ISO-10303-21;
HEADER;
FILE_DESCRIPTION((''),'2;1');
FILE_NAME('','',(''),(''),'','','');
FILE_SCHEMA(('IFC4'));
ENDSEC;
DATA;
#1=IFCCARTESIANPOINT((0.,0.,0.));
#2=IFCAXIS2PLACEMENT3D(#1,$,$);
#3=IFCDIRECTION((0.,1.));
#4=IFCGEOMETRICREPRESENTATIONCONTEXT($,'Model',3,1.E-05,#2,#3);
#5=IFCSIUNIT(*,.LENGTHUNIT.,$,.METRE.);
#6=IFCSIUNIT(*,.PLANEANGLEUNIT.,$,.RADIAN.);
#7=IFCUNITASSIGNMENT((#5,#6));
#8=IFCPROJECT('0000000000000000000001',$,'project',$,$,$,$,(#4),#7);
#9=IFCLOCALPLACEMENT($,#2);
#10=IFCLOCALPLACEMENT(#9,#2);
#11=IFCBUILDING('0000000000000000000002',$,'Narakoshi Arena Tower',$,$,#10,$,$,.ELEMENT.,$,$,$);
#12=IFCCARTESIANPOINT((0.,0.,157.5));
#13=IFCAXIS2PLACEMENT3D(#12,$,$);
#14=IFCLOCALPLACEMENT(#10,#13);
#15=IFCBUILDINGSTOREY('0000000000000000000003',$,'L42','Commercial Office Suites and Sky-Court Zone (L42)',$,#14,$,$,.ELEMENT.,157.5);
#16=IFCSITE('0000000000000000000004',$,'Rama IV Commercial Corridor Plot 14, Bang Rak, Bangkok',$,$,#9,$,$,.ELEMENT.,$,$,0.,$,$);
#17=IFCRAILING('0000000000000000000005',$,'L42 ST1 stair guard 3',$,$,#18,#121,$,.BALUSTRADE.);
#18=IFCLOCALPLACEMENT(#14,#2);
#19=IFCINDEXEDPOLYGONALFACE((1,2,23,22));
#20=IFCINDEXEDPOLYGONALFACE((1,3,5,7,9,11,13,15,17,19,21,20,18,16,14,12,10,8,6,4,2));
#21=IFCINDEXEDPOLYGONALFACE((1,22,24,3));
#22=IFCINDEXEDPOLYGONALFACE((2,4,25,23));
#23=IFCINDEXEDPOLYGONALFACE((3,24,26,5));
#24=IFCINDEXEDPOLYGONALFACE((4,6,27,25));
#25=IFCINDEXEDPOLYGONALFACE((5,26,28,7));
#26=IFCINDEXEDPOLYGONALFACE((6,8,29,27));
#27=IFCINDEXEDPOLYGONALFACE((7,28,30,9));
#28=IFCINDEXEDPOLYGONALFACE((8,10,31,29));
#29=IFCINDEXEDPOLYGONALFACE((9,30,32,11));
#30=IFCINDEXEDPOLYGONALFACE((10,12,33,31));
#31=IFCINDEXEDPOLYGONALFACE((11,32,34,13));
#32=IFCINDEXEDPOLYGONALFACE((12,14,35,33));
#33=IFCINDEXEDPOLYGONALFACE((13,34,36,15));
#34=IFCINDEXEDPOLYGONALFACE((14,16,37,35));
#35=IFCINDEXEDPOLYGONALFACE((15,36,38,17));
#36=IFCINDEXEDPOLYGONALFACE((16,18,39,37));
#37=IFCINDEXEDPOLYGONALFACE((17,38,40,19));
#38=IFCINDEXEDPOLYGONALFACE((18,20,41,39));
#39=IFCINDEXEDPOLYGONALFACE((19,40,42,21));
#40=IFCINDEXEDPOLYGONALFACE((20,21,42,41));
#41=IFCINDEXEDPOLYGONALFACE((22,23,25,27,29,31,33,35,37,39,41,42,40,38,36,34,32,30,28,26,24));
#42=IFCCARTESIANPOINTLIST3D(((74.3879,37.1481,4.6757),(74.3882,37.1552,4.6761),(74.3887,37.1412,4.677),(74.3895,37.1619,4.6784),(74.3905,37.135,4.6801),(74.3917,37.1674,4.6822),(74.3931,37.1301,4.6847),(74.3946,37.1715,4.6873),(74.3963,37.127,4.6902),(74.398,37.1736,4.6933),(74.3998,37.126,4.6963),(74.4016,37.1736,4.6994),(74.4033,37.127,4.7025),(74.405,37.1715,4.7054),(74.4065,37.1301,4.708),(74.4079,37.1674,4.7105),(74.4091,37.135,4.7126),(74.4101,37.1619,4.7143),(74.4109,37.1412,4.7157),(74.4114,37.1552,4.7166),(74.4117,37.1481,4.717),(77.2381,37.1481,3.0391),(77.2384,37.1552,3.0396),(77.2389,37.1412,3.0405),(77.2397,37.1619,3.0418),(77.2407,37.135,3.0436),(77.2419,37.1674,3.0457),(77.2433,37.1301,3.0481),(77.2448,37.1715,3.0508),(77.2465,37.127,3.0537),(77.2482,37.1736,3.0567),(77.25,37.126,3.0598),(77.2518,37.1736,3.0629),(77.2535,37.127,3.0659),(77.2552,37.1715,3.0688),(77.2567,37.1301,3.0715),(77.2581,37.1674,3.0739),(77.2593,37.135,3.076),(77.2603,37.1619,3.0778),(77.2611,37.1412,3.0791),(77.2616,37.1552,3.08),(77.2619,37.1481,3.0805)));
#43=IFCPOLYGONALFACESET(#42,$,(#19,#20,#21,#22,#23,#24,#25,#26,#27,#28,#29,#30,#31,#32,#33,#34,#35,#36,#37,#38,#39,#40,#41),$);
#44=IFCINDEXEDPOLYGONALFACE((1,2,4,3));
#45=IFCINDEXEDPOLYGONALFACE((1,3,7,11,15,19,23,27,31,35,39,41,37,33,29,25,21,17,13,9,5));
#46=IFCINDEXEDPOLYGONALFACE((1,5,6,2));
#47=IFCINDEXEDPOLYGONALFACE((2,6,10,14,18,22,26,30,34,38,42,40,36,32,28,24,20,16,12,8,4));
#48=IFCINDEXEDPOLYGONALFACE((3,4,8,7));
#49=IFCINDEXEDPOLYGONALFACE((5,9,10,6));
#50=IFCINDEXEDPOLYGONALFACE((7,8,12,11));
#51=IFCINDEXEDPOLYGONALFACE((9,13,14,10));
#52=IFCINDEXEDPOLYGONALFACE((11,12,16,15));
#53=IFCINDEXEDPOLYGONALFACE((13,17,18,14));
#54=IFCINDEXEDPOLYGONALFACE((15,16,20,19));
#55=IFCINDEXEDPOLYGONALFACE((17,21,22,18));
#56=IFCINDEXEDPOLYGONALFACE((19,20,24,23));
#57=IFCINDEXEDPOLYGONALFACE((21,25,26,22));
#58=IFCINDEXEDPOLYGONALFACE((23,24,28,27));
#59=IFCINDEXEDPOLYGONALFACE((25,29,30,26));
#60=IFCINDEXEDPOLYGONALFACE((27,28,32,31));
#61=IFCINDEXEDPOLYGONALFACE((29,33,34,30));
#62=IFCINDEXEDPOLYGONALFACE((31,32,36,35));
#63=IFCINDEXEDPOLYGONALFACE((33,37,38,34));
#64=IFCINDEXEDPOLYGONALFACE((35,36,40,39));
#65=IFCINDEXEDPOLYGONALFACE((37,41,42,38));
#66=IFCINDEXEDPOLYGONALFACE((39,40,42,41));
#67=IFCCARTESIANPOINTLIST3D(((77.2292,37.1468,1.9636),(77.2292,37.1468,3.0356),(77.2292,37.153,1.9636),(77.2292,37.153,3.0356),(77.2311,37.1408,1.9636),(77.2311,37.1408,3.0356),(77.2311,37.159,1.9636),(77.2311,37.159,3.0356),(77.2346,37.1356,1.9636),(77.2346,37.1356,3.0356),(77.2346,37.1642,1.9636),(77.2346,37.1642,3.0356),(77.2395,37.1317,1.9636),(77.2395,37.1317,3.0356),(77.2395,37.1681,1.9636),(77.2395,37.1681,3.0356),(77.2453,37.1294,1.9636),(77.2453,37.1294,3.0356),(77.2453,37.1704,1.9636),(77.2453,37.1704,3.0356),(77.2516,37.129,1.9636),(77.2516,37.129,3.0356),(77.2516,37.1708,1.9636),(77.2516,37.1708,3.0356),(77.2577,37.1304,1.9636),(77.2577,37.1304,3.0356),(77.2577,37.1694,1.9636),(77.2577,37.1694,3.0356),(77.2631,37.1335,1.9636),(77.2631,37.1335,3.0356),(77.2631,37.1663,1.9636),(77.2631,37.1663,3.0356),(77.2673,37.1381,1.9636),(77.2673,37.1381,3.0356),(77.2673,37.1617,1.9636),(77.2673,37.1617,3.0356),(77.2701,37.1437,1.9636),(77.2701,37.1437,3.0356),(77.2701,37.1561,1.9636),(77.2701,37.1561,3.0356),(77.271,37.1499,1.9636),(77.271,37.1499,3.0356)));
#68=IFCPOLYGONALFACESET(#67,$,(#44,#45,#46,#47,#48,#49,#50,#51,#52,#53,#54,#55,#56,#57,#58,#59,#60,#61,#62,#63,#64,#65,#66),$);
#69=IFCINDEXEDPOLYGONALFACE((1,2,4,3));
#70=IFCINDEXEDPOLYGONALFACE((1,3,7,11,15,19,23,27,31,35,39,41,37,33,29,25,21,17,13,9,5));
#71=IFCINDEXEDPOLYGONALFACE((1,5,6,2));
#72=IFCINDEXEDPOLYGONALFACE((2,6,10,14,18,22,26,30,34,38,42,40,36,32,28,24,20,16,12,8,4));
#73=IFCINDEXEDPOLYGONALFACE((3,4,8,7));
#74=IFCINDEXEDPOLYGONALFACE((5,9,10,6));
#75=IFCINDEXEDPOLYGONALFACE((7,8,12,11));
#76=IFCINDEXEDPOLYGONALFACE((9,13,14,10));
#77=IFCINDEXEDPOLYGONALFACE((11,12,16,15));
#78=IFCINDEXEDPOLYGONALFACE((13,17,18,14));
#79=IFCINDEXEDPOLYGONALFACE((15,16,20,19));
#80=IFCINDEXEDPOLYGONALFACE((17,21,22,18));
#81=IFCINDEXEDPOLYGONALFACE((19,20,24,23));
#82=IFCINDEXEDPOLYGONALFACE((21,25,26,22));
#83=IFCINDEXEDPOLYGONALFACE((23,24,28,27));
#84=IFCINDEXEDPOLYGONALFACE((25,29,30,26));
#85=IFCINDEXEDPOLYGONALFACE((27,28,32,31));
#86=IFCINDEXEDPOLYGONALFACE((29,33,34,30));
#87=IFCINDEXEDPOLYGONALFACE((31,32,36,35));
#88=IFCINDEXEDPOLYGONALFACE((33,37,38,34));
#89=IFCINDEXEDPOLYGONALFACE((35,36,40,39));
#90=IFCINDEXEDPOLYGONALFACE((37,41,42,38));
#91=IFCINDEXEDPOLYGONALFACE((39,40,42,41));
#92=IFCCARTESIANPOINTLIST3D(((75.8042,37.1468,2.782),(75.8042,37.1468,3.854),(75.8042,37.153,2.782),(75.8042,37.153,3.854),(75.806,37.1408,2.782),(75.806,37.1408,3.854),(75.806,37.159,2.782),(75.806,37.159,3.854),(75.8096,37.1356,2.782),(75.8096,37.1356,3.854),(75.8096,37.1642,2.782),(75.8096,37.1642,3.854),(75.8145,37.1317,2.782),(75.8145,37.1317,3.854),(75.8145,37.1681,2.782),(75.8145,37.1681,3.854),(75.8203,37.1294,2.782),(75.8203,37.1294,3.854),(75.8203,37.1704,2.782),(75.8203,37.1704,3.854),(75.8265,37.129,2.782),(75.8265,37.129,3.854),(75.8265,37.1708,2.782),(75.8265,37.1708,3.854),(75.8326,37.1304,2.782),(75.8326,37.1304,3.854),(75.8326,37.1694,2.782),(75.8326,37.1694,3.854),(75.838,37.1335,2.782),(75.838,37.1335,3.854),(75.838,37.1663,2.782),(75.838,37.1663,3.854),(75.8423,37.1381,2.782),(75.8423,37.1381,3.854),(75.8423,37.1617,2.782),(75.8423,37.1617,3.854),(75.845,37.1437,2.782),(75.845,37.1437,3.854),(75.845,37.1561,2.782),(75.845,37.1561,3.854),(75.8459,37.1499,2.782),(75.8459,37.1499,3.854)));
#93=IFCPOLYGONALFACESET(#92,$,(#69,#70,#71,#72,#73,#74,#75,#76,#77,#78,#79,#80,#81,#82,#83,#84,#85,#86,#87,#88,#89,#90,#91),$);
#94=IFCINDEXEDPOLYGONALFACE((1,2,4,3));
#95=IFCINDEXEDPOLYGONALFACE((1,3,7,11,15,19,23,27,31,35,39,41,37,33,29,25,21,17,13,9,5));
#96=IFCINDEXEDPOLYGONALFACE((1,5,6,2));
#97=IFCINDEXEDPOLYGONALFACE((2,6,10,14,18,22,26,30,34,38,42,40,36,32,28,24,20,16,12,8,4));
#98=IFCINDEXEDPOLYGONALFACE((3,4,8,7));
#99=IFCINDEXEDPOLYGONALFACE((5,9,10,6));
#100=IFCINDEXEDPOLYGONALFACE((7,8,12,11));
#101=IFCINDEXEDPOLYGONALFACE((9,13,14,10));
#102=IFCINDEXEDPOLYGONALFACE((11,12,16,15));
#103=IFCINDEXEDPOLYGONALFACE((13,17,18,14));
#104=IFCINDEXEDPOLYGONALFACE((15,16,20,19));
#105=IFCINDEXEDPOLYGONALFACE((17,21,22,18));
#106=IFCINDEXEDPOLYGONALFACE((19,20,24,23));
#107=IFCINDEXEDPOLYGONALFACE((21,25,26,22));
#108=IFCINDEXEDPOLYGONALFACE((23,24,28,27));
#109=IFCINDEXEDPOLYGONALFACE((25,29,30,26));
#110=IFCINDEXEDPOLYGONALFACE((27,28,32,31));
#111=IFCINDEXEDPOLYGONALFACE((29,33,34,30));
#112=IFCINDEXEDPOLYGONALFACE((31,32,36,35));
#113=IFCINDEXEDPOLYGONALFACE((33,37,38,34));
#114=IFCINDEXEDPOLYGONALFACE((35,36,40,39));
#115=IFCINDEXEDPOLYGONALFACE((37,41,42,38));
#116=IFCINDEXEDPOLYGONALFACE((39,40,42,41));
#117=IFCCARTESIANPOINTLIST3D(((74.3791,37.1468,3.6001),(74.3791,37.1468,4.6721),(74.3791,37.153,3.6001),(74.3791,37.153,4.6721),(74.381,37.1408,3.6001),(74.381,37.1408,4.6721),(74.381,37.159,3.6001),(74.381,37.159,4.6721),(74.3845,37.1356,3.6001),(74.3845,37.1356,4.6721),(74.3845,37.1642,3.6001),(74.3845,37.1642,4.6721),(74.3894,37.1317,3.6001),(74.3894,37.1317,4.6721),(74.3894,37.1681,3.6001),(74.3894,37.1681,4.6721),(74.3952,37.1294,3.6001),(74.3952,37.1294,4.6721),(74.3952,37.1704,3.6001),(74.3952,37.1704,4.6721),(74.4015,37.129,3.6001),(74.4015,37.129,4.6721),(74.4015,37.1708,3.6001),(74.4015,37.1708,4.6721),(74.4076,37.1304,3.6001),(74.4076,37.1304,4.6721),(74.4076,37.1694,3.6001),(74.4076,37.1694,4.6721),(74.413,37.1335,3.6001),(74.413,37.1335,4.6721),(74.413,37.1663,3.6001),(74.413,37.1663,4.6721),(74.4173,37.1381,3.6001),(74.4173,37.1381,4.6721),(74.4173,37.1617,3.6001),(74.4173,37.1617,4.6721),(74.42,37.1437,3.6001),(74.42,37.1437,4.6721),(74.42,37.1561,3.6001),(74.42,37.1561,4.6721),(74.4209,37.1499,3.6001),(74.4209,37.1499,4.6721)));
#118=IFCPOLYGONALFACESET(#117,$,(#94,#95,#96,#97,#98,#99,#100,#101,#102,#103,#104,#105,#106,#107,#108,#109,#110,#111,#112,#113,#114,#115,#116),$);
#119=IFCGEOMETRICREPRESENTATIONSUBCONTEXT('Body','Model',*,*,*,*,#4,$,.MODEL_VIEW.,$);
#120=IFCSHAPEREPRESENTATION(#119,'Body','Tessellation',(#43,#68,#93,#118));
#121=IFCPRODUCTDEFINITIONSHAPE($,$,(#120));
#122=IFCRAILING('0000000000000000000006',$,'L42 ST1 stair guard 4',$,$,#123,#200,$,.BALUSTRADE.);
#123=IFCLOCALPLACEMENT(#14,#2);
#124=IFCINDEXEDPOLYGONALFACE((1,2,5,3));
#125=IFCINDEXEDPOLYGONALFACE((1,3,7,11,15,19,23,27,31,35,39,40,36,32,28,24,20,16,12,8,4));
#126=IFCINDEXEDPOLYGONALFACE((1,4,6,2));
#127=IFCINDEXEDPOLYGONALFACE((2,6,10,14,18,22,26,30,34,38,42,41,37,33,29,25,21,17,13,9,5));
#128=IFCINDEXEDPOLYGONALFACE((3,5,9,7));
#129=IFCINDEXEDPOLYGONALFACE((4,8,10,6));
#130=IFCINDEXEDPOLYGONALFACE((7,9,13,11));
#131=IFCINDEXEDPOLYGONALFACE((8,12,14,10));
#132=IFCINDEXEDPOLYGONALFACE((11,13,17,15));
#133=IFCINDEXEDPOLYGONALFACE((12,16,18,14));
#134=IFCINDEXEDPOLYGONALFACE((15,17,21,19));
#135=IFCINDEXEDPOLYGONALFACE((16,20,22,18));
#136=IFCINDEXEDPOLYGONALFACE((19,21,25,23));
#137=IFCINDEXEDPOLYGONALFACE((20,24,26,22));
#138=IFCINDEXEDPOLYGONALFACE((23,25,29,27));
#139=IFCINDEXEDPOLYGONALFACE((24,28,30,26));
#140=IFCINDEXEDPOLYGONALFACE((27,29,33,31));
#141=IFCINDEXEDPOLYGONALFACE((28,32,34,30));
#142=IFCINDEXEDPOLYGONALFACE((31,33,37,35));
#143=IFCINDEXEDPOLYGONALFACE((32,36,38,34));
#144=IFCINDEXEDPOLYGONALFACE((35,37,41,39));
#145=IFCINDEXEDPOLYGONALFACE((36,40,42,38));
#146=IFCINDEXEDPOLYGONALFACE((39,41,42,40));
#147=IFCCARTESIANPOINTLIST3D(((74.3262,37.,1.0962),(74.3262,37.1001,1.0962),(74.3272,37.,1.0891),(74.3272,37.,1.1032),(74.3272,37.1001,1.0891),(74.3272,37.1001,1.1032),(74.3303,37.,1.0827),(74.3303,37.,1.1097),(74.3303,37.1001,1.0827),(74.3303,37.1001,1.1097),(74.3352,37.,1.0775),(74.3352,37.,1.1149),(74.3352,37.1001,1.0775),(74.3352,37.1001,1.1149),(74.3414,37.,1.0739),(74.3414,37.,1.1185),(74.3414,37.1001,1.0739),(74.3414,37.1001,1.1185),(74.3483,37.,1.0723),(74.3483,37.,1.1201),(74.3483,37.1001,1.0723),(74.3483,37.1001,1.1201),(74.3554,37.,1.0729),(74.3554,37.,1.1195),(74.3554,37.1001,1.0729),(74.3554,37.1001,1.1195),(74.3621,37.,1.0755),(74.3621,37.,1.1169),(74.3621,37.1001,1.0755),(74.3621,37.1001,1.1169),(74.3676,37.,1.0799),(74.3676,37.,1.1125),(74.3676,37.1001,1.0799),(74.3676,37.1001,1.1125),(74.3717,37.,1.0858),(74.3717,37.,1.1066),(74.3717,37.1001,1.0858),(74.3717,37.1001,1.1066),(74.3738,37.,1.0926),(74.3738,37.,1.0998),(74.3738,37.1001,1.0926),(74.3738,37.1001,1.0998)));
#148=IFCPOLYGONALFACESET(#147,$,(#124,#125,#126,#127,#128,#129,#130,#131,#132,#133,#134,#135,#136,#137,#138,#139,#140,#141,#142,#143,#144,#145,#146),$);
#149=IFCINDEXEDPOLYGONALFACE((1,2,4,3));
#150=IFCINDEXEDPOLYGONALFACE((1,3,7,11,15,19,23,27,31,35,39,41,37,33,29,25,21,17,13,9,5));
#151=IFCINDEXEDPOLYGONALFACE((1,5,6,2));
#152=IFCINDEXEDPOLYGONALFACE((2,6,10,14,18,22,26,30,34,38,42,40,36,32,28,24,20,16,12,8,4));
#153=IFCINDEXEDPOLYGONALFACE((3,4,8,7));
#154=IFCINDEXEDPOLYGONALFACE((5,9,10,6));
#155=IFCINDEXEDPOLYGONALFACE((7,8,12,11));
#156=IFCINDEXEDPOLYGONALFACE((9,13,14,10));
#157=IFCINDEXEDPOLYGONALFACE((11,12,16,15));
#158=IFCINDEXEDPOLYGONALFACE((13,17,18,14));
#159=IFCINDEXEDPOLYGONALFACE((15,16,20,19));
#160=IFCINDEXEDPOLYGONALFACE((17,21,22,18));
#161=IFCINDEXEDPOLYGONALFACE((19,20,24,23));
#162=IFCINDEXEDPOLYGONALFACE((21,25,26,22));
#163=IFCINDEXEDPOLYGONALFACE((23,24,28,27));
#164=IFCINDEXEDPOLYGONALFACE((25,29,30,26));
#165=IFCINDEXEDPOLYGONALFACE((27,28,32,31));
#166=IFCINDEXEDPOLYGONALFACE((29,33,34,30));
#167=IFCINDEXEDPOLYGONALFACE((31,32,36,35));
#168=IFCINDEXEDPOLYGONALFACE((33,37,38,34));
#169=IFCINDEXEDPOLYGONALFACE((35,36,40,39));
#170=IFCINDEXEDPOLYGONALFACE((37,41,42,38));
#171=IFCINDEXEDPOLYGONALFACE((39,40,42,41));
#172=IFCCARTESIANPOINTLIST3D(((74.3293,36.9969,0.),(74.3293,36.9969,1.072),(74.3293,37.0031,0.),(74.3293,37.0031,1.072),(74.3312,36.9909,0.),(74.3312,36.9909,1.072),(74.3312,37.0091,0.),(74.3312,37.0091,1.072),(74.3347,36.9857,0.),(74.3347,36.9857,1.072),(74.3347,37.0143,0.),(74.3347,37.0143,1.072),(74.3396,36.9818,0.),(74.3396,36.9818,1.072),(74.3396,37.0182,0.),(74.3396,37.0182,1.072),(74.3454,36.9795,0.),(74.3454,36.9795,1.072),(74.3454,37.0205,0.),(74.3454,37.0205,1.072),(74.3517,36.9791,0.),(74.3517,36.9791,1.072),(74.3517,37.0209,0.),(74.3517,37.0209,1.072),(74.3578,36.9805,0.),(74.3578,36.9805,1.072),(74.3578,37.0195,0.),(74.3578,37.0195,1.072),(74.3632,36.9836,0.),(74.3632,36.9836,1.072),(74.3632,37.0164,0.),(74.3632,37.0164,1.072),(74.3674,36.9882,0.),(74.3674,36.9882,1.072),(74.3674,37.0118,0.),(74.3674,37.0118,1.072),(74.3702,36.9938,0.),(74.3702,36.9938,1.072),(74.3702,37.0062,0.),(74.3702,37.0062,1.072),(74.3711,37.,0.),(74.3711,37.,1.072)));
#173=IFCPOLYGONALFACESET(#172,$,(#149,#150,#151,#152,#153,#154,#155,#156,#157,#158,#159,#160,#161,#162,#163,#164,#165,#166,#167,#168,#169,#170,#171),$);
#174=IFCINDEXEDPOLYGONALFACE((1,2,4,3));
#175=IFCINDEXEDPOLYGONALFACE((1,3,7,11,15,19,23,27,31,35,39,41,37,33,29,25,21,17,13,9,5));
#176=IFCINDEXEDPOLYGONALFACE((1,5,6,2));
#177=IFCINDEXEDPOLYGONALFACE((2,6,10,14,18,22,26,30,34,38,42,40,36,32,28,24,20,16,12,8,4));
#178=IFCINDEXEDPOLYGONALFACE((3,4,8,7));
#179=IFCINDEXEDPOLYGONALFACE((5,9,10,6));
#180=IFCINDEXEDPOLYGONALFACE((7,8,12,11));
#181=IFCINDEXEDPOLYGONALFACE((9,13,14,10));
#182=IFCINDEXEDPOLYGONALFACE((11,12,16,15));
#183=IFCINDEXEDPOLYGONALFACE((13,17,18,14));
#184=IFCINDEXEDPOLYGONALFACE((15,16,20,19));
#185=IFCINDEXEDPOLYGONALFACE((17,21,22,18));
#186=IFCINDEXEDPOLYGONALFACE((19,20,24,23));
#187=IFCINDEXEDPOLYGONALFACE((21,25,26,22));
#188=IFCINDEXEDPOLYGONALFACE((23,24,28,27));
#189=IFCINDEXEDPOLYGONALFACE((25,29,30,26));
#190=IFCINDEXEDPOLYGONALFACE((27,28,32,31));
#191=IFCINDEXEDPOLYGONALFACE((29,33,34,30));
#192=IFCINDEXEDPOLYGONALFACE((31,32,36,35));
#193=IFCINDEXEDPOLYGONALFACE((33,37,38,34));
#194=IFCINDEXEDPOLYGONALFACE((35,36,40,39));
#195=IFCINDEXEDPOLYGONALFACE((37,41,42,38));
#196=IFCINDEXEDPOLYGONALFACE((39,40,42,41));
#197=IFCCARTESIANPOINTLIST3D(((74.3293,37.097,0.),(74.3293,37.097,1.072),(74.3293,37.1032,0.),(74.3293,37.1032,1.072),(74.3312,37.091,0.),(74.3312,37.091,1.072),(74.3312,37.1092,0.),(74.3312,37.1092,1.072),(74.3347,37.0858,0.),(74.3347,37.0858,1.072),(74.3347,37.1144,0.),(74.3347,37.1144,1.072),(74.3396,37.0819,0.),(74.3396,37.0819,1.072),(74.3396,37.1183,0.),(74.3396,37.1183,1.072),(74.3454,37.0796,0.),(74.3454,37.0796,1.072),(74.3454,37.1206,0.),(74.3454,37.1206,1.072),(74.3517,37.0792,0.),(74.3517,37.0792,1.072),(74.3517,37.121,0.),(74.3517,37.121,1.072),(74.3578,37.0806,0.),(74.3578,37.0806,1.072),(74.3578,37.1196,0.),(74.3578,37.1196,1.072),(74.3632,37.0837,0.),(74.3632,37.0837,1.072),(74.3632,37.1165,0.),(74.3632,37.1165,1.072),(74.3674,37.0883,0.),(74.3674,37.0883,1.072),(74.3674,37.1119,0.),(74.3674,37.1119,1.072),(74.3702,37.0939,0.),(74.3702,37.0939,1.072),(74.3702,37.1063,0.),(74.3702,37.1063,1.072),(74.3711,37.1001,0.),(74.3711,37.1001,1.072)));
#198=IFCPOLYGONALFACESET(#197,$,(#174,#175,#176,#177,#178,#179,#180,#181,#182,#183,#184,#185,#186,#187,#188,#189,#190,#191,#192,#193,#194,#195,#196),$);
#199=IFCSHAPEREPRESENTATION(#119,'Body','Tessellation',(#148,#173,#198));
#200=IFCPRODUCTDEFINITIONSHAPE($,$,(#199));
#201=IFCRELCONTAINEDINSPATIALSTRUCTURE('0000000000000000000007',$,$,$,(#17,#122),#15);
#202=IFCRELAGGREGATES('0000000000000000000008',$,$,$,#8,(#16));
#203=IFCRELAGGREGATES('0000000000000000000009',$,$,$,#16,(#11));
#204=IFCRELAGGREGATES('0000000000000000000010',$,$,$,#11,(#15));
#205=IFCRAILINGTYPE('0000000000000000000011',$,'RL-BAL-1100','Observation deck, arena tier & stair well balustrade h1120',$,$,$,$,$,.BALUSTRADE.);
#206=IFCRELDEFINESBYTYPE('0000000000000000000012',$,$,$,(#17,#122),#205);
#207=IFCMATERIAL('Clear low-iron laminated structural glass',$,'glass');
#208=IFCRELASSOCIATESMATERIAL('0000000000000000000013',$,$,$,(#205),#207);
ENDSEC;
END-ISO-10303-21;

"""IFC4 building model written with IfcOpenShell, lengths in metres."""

from ifc_helpers import new_model, si_unit, direction, frame, origin, origin_2d, place, context, subcontext, project, spatial, circle, extrude, material, type_object, element, save


model = new_model("IFC4")

# Units and contexts
model_context = context("Model", 3, precision=1e-05, world=origin(), true_north=direction((0.0, 1.0)))
body_context = subcontext(model_context, "Body", "Model", "MODEL_VIEW")
ifc_project = project(units=[si_unit("LENGTHUNIT", "METRE"), si_unit("PLANEANGLEUNIT", "RADIAN")], contexts=[model_context])

# Site, building, storey
site_placement = place(None, origin())
site = spatial("IfcSite", under=ifc_project, at=site_placement, Name="Rama IV Commercial Corridor Plot 14, Bang Rak, Bangkok", CompositionType="ELEMENT", RefElevation=0.0)
building_placement = place(site_placement, origin())
building = spatial("IfcBuilding", under=site, at=building_placement, Name="Narakoshi Arena Tower", CompositionType="ELEMENT")
storey_placement = place(building_placement, frame((0.0, 0.0, 157.5)))
storey = spatial("IfcBuildingStorey", under=building, at=storey_placement, Name="L42", Description="Commercial Office Suites and Sky-Court Zone (L42)", CompositionType="ELEMENT", Elevation=157.5)

# Railings
ifc_material_1 = material(Name="Clear low-iron laminated structural glass", Category="glass")
railing_type_1 = type_object("IfcRailingType", Name="RL-BAL-1100", Description="Observation deck, arena tier & stair well balustrade h1120", PredefinedType="BALUSTRADE", material=ifc_material_1)
railing_1_placement = place(storey_placement, frame((77.25, 37.1499, 1.9636)))
element("IfcRailing", 1, at=railing_1_placement, inside=storey, type_object=railing_type_1, Name="L42 ST1 stair guard 3", PredefinedType="BALUSTRADE", context=body_context, shape_type="SweptSolid", body=[
    extrude(circle(Radius=0.0239, at=origin_2d()), frame((0.0, 0.0, 1.0962), z_axis=(-0.867213, 0.0, 0.497938), x_axis=(0.0, -1.0, 0.0)), (0.0, 0.0, 1.0), 3.2866),
    extrude(circle(Radius=0.021, at=origin_2d()), origin(), (0.0, 0.0, 1.0), 1.072),
    extrude(circle(Radius=0.021, at=origin_2d()), frame((-1.425, 0.0, 0.8184)), (0.0, 0.0, 1.0), 1.072),
    extrude(circle(Radius=0.021, at=origin_2d()), frame((-2.8501, 0.0, 1.6365)), (0.0, 0.0, 1.0), 1.072),
])
railing_2_placement = place(storey_placement, frame((74.3501, 37.0, 0.0)))
element("IfcRailing", 2, at=railing_2_placement, inside=storey, type_object=railing_type_1, Name="L42 ST1 stair guard 4", PredefinedType="BALUSTRADE", context=body_context, shape_type="SweptSolid", body=[
    extrude(circle(Radius=0.0239, at=origin_2d()), frame((0.0, 0.0, 1.0962), z_axis=(0.0, 1.0, 0.0), x_axis=(-1.0, 0.0, 0.0)), (0.0, 0.0, 1.0), 0.1001),
    extrude(circle(Radius=0.021, at=origin_2d()), origin(), (0.0, 0.0, 1.0), 1.072),
    extrude(circle(Radius=0.021, at=origin_2d()), frame((0.0, 0.1001, 0.0)), (0.0, 0.0, 1.0), 1.072),
])

save(model, "model.ifc")
